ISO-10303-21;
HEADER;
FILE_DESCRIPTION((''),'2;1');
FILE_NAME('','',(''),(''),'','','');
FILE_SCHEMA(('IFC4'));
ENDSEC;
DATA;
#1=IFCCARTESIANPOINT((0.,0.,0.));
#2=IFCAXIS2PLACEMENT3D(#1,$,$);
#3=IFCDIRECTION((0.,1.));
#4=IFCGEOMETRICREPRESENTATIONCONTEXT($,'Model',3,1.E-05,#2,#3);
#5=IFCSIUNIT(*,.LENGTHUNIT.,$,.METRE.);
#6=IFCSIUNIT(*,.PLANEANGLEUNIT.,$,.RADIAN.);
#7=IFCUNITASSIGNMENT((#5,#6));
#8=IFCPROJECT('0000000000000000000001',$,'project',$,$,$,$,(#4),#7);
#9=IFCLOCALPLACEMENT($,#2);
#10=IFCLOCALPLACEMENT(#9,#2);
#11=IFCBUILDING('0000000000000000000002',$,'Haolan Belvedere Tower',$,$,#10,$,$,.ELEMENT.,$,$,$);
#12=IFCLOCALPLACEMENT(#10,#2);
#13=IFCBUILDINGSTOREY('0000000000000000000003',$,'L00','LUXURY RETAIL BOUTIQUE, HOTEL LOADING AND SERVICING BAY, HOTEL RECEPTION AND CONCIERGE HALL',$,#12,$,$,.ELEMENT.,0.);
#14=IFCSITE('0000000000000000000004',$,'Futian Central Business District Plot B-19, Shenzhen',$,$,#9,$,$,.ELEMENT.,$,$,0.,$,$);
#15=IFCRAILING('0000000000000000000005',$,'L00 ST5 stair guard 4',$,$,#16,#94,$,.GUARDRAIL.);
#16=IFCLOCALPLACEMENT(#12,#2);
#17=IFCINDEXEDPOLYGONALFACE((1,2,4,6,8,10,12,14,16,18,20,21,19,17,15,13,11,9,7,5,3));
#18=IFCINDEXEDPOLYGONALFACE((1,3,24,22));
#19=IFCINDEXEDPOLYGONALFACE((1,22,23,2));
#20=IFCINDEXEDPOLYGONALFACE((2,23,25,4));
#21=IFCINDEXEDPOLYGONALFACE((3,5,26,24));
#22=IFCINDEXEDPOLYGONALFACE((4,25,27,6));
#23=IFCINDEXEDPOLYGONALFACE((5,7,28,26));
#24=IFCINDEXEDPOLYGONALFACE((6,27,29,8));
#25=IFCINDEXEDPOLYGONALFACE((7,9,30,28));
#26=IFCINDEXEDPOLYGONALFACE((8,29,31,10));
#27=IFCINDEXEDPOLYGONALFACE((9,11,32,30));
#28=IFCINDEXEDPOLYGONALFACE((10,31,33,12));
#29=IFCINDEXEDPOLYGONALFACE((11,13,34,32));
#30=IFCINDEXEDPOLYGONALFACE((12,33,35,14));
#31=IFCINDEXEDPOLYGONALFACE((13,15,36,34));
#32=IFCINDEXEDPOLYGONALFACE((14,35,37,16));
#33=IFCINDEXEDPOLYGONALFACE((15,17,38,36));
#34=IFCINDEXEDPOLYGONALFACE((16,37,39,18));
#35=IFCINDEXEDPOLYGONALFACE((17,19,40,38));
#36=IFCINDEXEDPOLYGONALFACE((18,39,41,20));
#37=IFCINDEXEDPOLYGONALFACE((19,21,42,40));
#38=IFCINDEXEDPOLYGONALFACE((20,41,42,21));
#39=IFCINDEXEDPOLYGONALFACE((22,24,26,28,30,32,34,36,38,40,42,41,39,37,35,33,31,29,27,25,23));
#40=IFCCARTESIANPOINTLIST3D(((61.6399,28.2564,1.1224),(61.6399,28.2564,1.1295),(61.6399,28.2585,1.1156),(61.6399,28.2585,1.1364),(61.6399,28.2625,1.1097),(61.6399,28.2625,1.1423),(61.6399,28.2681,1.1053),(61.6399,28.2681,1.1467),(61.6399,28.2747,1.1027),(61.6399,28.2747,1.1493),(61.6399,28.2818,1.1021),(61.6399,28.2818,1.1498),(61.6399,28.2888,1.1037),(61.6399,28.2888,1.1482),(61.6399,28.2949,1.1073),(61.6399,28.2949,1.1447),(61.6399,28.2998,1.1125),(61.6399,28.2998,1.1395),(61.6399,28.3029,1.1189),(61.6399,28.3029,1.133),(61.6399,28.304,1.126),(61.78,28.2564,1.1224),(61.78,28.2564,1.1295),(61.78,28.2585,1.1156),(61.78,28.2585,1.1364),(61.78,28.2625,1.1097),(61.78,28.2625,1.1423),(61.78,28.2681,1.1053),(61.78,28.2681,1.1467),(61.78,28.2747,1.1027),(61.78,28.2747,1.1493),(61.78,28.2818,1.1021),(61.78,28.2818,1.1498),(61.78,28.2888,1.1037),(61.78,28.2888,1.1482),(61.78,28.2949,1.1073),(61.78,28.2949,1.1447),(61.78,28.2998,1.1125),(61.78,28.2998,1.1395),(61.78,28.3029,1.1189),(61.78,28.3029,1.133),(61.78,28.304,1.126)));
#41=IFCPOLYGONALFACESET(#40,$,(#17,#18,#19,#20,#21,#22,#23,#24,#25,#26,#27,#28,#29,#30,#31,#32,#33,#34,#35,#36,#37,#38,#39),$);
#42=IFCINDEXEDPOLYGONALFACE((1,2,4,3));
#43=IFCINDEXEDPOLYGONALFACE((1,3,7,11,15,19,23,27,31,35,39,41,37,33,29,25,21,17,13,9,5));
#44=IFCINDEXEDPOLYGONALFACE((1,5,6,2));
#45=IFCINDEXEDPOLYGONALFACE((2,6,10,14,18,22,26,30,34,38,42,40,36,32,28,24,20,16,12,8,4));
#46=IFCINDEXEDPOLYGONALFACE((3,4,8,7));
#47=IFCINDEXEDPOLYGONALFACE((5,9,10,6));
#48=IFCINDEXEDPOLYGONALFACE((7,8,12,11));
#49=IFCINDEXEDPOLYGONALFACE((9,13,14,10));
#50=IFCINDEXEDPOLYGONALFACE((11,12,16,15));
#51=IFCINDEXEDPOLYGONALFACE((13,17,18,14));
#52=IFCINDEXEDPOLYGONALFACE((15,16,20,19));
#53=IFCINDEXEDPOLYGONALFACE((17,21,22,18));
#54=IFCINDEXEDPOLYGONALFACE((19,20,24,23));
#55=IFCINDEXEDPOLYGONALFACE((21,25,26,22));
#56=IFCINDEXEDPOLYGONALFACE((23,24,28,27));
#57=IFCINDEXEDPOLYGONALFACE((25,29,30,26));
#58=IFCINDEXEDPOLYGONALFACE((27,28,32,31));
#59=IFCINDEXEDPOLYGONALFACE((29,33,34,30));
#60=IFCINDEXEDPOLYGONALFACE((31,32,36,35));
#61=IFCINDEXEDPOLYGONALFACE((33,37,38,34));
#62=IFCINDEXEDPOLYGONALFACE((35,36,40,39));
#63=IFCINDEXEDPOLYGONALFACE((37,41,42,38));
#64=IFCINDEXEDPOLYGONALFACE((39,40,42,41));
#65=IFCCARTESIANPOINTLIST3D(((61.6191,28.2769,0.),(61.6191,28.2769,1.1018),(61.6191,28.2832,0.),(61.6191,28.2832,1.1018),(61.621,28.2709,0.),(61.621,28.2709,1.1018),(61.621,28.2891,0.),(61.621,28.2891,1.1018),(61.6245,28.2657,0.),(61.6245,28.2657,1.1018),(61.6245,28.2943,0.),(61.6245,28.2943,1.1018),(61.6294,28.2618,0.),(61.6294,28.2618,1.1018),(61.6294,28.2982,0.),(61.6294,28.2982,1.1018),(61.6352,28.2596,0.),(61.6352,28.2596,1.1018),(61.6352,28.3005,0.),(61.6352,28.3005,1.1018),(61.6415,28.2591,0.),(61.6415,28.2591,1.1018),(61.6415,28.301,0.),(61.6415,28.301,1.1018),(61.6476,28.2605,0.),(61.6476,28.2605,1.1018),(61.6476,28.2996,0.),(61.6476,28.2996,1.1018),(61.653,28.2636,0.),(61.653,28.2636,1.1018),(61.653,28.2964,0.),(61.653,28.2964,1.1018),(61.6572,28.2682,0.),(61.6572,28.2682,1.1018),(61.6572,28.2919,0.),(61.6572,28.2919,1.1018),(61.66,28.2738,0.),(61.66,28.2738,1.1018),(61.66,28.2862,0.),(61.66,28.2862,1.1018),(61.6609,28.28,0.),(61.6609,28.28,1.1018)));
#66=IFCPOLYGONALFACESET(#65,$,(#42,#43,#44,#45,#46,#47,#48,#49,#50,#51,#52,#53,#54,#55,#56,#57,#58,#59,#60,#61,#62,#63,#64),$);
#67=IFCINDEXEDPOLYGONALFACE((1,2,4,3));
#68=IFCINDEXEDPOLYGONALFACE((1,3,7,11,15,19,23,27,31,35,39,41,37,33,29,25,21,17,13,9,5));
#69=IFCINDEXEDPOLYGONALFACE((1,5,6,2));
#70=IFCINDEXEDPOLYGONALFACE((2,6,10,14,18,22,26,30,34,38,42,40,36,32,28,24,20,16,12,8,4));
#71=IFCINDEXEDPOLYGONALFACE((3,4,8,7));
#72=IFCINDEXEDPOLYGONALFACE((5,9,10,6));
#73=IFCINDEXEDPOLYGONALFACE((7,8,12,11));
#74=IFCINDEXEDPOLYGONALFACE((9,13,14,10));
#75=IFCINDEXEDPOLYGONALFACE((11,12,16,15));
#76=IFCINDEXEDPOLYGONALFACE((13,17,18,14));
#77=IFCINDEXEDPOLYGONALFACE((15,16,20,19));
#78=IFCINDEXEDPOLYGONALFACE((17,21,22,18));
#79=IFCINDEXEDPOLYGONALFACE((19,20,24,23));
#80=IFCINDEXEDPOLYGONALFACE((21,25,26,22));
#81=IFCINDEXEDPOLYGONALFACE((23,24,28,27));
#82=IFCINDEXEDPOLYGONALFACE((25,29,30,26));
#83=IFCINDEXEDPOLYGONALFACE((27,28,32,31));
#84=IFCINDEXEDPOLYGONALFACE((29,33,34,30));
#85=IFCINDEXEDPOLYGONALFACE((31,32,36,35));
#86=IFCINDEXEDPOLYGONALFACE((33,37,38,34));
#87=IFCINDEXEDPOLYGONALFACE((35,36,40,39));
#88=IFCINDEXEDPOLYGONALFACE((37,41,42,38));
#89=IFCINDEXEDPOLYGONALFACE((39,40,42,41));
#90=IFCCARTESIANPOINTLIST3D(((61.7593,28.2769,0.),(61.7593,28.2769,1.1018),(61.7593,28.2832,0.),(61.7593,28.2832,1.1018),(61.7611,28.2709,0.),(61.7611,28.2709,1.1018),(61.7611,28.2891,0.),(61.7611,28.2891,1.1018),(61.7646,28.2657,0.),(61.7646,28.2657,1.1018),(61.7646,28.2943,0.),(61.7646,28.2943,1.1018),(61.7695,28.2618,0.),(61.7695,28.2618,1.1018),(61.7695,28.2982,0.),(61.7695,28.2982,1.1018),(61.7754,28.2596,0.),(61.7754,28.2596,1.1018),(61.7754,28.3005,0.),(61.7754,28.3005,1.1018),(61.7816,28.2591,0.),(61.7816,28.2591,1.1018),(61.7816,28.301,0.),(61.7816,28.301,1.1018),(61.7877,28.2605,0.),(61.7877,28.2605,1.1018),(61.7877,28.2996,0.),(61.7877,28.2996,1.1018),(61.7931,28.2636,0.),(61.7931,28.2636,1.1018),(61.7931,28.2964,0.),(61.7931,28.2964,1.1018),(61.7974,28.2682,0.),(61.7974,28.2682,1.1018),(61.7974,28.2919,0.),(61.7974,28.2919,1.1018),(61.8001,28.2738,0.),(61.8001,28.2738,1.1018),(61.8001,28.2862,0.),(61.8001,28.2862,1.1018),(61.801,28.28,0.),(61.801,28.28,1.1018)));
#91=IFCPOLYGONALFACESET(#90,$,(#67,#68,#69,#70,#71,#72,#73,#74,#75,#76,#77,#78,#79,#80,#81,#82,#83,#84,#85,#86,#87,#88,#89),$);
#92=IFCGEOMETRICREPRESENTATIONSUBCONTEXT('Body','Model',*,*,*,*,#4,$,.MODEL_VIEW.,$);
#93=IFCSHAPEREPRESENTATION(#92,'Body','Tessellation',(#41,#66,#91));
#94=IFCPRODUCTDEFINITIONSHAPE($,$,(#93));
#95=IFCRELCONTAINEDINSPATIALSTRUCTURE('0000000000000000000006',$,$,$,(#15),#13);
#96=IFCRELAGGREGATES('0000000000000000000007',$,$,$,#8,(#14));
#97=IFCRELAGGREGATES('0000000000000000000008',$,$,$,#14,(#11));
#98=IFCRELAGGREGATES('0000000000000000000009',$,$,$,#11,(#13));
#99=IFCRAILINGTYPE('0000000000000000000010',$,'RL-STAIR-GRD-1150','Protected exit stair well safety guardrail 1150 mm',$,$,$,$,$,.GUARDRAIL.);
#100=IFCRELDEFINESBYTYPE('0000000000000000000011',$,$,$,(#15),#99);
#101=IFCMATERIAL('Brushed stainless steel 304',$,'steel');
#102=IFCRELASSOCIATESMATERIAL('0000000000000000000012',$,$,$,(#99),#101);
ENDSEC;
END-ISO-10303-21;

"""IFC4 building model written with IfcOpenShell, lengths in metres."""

from ifc_helpers import new_model, si_unit, direction, frame, origin, origin_2d, place, context, subcontext, project, spatial, circle, extrude, material, type_object, element, save


model = new_model("IFC4")

# Units and contexts
model_context = context("Model", 3, precision=1e-05, world=origin(), true_north=direction((0.0, 1.0)))
body_context = subcontext(model_context, "Body", "Model", "MODEL_VIEW")
ifc_project = project(units=[si_unit("LENGTHUNIT", "METRE"), si_unit("PLANEANGLEUNIT", "RADIAN")], contexts=[model_context])

# Site, building, storey
site_placement = place(None, origin())
site = spatial("IfcSite", under=ifc_project, at=site_placement, Name="Futian Central Business District Plot B-19, Shenzhen", CompositionType="ELEMENT", RefElevation=0.0)
building_placement = place(site_placement, origin())
building = spatial("IfcBuilding", under=site, at=building_placement, Name="Haolan Belvedere Tower", CompositionType="ELEMENT")
storey_placement = place(building_placement, origin())
storey = spatial("IfcBuildingStorey", under=building, at=storey_placement, Name="L00", Description="LUXURY RETAIL BOUTIQUE, HOTEL LOADING AND SERVICING BAY, HOTEL RECEPTION AND CONCIERGE HALL", CompositionType="ELEMENT", Elevation=0.0)

# Railing
ifc_material_1 = material(Name="Brushed stainless steel 304", Category="steel")
railing_type_1 = type_object("IfcRailingType", Name="RL-STAIR-GRD-1150", Description="Protected exit stair well safety guardrail 1150 mm", PredefinedType="GUARDRAIL", material=ifc_material_1)
railing_1_placement = place(storey_placement, frame((61.6399, 28.28, 0.0)))
element("IfcRailing", 1, at=railing_1_placement, inside=storey, type_object=railing_type_1, Name="L00 ST5 stair guard 4", PredefinedType="GUARDRAIL", context=body_context, shape_type="SweptSolid", body=[
    extrude(circle(Radius=0.0239, at=origin_2d()), frame((0.0, 0.0, 1.126), z_axis=(1.0, 0.0, 0.0), x_axis=(0.0, 1.0, 0.0)), (0.0, 0.0, 1.0), 0.1401),
    extrude(circle(Radius=0.021, at=origin_2d()), origin(), (0.0, 0.0, 1.0), 1.1018),
    extrude(circle(Radius=0.021, at=origin_2d()), frame((0.1401, 0.0, 0.0)), (0.0, 0.0, 1.0), 1.1018),
])

save(model, "model.ifc")
